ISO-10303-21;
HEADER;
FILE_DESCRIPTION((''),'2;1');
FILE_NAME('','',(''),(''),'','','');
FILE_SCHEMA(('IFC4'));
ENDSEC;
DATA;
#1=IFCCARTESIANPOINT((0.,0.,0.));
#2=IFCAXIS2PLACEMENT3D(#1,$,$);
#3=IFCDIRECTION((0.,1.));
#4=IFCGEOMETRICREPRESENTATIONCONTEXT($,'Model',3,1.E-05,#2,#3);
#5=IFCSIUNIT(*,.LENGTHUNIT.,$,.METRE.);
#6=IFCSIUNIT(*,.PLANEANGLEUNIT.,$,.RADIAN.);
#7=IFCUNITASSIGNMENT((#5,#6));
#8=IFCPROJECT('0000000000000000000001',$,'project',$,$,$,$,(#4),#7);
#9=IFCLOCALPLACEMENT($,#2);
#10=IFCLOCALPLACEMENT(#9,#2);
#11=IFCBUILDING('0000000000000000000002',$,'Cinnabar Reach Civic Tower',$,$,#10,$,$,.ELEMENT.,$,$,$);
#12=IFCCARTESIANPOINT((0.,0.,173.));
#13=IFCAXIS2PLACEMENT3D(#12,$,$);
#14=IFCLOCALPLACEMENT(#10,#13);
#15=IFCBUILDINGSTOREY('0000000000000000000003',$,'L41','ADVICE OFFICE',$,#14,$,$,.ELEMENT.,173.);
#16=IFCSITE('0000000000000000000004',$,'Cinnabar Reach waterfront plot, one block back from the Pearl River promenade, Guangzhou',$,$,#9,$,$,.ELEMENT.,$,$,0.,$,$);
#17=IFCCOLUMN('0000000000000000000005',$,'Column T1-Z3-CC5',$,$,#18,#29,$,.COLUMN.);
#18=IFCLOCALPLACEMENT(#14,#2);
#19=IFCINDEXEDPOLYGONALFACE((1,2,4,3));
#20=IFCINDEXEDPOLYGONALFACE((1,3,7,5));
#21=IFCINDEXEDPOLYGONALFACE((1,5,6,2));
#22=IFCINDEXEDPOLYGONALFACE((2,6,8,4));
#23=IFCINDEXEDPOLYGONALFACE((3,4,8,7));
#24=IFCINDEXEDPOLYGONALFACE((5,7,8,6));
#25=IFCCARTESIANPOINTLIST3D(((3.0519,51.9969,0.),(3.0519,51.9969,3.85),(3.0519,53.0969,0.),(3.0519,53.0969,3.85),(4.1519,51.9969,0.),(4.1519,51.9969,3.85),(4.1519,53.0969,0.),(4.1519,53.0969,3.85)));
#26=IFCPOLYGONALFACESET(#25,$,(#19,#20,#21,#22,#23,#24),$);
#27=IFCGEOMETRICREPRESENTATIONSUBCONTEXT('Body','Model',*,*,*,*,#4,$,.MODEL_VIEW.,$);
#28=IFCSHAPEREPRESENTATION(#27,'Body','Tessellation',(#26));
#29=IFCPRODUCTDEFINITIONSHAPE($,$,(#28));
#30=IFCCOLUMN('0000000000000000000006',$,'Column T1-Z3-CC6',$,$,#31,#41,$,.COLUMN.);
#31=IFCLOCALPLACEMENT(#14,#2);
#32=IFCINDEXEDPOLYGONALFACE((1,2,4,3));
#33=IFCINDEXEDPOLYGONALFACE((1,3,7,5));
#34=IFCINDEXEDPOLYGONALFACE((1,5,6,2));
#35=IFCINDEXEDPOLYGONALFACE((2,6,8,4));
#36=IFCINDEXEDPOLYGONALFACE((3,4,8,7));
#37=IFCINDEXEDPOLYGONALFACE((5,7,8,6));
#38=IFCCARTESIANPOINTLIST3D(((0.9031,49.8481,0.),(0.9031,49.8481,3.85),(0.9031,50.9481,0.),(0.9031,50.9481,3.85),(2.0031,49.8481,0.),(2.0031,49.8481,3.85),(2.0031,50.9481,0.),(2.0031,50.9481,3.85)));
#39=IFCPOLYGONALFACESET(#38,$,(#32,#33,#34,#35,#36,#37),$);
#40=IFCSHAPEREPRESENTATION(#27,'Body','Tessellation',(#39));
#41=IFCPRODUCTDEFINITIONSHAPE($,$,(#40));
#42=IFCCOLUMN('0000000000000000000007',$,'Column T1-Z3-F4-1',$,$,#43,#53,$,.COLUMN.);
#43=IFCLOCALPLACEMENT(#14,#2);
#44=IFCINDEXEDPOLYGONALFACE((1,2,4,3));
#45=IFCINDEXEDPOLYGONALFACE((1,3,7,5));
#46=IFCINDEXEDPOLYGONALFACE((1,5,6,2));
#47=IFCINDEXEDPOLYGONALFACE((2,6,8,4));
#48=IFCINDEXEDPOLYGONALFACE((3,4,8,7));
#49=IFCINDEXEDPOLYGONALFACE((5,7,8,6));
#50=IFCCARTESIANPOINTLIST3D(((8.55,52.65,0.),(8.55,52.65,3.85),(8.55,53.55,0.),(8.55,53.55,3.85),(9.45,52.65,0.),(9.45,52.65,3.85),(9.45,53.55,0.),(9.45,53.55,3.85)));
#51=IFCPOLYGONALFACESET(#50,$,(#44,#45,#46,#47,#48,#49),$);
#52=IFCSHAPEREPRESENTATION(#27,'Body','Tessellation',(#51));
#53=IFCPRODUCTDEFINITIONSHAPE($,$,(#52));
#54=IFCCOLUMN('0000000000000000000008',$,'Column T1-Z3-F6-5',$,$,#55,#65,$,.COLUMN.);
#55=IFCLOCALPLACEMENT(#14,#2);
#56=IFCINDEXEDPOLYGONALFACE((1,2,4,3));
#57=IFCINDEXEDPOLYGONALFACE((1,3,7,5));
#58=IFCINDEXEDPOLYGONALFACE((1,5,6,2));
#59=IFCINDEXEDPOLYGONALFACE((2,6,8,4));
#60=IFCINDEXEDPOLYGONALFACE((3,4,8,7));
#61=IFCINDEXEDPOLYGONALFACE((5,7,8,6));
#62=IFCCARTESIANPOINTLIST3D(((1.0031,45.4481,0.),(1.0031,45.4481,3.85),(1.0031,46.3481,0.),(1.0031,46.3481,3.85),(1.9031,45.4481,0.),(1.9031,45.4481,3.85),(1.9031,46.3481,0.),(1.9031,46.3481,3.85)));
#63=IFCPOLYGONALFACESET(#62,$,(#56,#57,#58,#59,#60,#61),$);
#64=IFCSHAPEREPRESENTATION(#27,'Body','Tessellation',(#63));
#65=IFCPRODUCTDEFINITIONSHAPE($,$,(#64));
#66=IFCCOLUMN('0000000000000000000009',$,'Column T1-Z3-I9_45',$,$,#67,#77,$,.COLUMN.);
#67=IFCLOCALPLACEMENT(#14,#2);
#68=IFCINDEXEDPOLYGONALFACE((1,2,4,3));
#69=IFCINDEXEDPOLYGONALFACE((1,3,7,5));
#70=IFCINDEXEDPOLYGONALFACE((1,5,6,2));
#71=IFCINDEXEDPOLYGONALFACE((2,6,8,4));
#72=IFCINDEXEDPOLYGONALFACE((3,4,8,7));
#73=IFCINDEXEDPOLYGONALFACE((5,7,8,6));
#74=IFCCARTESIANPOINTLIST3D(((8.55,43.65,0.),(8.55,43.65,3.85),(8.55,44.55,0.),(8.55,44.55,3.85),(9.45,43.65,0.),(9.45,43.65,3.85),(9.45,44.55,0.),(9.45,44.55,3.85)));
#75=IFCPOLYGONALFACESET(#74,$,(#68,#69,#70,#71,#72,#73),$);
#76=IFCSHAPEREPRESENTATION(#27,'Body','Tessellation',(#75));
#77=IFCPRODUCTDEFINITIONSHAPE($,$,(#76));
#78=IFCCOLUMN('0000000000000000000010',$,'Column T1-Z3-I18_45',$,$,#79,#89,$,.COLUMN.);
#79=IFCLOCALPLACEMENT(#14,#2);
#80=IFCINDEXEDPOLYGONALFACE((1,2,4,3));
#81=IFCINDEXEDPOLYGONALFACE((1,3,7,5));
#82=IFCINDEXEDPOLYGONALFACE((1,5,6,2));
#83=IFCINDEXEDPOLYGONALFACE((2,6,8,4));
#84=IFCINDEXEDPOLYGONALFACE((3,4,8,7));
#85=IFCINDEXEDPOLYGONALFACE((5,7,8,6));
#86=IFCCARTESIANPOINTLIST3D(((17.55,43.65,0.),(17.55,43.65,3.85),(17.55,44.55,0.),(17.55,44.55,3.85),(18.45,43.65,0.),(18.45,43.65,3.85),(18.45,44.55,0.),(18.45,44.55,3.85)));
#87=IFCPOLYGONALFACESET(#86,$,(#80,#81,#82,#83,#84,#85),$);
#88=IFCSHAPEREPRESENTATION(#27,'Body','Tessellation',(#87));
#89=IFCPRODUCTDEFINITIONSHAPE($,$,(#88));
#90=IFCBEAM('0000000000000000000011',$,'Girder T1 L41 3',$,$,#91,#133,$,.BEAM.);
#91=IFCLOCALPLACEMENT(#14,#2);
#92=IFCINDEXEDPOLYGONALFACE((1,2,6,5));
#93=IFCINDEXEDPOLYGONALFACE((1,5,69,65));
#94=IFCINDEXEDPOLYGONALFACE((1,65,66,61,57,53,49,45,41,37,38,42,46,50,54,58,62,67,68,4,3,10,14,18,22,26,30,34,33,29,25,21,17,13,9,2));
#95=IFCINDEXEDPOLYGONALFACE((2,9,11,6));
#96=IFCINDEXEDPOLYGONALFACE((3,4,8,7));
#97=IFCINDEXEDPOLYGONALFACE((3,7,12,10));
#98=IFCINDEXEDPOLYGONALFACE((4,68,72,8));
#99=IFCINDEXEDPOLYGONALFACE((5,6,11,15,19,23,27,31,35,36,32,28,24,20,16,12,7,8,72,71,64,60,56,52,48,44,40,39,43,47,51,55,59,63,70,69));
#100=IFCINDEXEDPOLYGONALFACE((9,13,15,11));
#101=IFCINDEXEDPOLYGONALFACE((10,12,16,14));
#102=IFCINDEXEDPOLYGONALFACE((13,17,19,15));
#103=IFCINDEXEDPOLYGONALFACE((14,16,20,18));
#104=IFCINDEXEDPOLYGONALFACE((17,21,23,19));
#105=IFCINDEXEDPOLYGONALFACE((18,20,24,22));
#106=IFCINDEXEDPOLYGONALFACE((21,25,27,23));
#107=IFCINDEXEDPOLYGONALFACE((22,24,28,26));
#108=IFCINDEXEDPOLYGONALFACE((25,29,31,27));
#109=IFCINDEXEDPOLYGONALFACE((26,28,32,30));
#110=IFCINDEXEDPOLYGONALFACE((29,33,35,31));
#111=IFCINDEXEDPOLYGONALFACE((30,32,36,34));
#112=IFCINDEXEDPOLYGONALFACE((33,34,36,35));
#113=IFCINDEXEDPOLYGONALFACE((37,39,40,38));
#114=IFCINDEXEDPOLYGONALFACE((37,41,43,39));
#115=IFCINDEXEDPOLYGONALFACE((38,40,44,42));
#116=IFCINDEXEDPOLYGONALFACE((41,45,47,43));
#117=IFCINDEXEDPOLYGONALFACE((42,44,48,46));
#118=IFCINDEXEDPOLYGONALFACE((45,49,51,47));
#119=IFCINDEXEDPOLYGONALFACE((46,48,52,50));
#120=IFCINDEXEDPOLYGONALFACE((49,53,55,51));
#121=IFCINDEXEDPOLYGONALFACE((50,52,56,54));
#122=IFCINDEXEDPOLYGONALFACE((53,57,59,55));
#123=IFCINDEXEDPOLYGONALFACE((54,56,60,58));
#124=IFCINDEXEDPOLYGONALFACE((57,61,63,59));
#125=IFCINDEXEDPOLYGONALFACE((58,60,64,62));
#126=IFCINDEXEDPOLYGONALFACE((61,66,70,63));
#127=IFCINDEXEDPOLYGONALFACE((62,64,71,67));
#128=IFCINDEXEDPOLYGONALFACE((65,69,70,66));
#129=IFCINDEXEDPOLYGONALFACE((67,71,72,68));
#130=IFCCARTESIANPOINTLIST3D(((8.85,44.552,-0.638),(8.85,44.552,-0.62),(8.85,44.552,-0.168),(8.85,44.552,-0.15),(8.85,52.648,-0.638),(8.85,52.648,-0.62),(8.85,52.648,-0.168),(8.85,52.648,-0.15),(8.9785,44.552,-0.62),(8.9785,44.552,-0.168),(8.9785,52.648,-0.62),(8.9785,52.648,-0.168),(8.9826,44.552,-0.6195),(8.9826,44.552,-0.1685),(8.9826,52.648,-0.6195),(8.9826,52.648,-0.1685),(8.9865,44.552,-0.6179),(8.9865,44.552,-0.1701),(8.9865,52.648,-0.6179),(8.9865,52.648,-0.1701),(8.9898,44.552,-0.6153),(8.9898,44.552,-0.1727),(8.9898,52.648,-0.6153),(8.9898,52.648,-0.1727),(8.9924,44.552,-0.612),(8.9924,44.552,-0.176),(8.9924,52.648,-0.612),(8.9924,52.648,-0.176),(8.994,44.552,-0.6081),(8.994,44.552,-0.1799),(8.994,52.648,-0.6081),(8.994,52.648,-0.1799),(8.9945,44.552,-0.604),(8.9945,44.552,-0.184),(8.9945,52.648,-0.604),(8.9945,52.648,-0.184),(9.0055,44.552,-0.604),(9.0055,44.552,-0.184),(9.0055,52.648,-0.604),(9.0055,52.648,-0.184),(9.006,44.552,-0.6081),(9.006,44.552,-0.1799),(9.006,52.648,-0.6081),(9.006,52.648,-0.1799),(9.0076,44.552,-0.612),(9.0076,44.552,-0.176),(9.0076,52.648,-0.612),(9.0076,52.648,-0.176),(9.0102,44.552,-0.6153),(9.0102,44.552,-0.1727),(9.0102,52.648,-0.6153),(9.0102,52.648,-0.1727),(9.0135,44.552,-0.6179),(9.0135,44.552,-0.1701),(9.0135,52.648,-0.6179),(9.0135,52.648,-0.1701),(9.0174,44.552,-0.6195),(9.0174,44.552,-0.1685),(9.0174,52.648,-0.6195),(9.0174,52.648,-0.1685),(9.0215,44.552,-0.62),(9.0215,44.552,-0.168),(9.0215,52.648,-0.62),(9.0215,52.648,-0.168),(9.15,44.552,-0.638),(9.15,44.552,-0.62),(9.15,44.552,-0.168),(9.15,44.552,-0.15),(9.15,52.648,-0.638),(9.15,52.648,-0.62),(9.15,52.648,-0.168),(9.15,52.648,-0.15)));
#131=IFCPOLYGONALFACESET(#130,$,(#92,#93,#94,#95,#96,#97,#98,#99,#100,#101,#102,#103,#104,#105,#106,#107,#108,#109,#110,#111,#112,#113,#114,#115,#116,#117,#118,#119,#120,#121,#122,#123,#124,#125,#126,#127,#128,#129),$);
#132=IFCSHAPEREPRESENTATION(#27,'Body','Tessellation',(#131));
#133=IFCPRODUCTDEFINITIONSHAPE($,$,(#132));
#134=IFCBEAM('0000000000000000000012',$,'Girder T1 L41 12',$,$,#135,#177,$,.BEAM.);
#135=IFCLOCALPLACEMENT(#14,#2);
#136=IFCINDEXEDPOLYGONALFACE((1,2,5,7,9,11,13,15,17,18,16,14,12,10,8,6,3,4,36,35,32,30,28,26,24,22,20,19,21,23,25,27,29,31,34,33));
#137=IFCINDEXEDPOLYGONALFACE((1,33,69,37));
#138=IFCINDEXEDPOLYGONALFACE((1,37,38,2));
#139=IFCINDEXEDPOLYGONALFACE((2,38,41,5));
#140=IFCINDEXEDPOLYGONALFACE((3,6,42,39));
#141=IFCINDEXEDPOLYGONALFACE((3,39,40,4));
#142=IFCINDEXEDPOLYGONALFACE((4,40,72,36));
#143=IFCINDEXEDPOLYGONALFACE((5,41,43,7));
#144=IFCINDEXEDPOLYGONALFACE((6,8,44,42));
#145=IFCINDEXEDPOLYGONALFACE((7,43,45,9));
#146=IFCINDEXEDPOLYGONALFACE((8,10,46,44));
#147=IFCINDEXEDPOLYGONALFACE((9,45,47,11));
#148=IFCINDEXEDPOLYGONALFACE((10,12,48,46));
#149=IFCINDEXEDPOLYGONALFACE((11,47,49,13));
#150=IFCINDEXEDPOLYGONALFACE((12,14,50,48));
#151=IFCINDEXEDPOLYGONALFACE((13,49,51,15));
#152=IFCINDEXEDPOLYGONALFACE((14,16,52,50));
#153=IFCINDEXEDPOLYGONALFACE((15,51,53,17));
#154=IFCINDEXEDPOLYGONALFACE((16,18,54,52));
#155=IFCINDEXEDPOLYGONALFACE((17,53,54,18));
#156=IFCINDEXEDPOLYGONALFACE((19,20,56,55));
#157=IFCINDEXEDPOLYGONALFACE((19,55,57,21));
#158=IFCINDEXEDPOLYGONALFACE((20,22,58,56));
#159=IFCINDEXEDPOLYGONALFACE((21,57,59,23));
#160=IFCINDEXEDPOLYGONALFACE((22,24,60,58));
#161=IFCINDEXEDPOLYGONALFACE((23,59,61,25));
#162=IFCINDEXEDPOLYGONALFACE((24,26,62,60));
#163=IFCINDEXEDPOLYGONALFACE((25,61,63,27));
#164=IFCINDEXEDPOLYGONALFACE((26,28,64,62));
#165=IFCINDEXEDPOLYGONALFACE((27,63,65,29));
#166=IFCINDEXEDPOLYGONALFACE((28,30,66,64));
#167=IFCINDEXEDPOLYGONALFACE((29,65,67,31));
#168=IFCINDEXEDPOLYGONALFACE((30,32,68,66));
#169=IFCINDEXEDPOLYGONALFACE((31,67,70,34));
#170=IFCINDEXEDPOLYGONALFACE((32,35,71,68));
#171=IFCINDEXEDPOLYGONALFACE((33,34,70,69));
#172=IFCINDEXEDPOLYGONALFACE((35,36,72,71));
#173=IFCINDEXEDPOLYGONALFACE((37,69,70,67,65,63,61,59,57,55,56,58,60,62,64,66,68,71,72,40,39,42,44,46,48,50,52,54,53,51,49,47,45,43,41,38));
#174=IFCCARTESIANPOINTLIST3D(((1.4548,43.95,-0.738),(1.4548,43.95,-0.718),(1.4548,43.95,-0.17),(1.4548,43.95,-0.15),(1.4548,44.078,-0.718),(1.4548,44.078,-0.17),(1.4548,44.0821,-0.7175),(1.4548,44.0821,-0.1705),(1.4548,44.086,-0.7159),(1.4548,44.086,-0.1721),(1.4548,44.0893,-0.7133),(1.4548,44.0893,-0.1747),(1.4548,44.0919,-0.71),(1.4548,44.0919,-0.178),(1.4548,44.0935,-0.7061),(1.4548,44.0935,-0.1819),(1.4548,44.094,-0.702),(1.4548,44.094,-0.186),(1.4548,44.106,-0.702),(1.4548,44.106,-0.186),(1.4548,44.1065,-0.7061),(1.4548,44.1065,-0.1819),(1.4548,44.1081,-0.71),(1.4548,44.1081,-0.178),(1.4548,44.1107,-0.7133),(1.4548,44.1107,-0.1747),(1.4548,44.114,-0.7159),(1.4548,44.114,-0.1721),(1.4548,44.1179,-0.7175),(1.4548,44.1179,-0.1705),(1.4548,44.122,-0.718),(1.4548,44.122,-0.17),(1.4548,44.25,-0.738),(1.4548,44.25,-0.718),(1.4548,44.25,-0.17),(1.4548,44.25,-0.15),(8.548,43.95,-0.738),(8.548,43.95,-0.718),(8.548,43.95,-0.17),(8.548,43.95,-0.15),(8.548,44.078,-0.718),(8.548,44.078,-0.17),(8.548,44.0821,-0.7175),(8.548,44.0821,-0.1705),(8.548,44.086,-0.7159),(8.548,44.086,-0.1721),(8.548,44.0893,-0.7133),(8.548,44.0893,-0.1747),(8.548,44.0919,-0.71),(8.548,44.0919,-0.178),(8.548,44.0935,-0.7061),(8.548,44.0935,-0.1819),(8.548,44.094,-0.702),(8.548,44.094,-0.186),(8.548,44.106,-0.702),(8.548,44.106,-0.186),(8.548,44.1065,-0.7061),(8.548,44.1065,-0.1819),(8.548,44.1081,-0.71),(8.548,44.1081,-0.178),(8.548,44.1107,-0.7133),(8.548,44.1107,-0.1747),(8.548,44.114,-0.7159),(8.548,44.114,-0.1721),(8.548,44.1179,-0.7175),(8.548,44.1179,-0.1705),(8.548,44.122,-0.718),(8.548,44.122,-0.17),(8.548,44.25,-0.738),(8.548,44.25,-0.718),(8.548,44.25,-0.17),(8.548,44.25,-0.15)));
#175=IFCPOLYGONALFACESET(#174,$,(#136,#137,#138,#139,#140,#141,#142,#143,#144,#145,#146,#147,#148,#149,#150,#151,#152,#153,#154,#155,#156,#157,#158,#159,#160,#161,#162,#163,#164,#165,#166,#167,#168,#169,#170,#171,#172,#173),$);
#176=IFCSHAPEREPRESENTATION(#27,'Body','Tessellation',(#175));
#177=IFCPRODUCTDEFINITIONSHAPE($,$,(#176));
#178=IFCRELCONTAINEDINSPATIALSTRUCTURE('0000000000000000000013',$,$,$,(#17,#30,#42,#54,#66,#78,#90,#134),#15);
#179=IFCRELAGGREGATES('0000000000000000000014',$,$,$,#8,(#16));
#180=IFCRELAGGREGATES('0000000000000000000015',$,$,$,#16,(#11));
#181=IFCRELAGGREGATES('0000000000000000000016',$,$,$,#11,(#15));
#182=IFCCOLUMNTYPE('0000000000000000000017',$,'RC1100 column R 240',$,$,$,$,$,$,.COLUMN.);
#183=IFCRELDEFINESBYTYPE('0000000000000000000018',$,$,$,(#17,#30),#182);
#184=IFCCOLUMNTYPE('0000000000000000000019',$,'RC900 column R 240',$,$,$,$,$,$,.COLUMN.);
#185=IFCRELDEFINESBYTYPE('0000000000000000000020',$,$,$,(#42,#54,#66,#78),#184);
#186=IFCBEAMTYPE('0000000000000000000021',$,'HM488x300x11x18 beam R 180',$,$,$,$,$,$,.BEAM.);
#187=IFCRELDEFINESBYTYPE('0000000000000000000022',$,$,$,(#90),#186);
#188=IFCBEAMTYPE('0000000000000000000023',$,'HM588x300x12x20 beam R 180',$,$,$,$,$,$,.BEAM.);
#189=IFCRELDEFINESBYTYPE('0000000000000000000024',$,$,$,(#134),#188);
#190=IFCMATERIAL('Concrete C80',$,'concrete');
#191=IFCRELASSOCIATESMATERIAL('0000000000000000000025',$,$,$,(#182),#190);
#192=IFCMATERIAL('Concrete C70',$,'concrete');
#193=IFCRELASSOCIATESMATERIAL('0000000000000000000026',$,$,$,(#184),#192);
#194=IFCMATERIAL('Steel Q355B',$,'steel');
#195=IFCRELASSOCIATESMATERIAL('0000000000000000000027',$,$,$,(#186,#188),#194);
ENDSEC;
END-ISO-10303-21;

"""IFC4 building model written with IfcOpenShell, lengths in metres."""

from ifc_helpers import new_model, si_unit, direction, frame, origin, origin_2d, place, context, subcontext, project, spatial, rectangle, i_section, extrude, material, material_profile, profile_set, type_object, element, save


model = new_model("IFC4")

# Units and contexts
model_context = context("Model", 3, precision=1e-05, world=origin(), true_north=direction((0.0, 1.0)))
body_context = subcontext(model_context, "Body", "Model", "MODEL_VIEW")
ifc_project = project(units=[si_unit("LENGTHUNIT", "METRE"), si_unit("PLANEANGLEUNIT", "RADIAN")], contexts=[model_context])

# Site, building, storey
site_placement = place(None, origin())
site = spatial("IfcSite", under=ifc_project, at=site_placement, Name="Cinnabar Reach waterfront plot, one block back from the Pearl River promenade, Guangzhou", CompositionType="ELEMENT", RefElevation=0.0)
building_placement = place(site_placement, origin())
building = spatial("IfcBuilding", under=site, at=building_placement, Name="Cinnabar Reach Civic Tower", CompositionType="ELEMENT")
storey_placement = place(building_placement, frame((0.0, 0.0, 173.0)))
storey = spatial("IfcBuildingStorey", under=building, at=storey_placement, Name="L41", Description="ADVICE OFFICE", CompositionType="ELEMENT", Elevation=173.0)

# Columns
ifc_material_1 = material(Name="Concrete C80", Category="concrete")
ifc_material_profile_1 = material_profile(ifc_material_1, rectangle(XDim=1.1, YDim=1.1, at=origin_2d()), Name="RC1100")
ifc_profile_set_1 = profile_set([ifc_material_profile_1], Name="Concrete C80")
column_type_1 = type_object("IfcColumnType", Name="RC1100 column R 240", PredefinedType="COLUMN", material=ifc_profile_set_1)
for number, where, z_axis, x_axis, name in (
    (1, (3.6019, 52.5469, 0.0), (0.0, 0.0, 1.0), (1.0, 0.0, 0.0), "Column T1-Z3-CC5"),
    (2, (1.4531, 50.3981, 0.0), (0.0, 0.0, 1.0), (1.0, 0.0, 0.0), "Column T1-Z3-CC6"),
):
    element("IfcColumn", number, at=place(storey_placement, frame(where, z_axis=z_axis, x_axis=x_axis)), inside=storey, type_object=column_type_1, Name=name, PredefinedType="COLUMN", context=body_context, shape_type="SweptSolid", body=[
        extrude(rectangle(XDim=1.1, YDim=1.1, at=origin_2d()), origin(), (0.0, 0.0, 1.0), 3.85),
    ])
ifc_material_2 = material(Name="Concrete C70", Category="concrete")
ifc_material_profile_2 = material_profile(ifc_material_2, rectangle(XDim=0.9, YDim=0.9, at=origin_2d()), Name="RC900")
ifc_profile_set_2 = profile_set([ifc_material_profile_2], Name="Concrete C70")
column_type_2 = type_object("IfcColumnType", Name="RC900 column R 240", PredefinedType="COLUMN", material=ifc_profile_set_2)
for number, where, z_axis, x_axis, name in (
    (3, (9.0, 53.1, 0.0), (0.0, 0.0, 1.0), (1.0, 0.0, 0.0), "Column T1-Z3-F4-1"),
    (4, (1.4531, 45.8981, 0.0), (0.0, 0.0, 1.0), (1.0, 0.0, 0.0), "Column T1-Z3-F6-5"),
    (5, (9.0, 44.1, 0.0), (0.0, 0.0, 1.0), (1.0, 0.0, 0.0), "Column T1-Z3-I9_45"),
    (6, (18.0, 44.1, 0.0), (0.0, 0.0, 1.0), (1.0, 0.0, 0.0), "Column T1-Z3-I18_45"),
):
    element("IfcColumn", number, at=place(storey_placement, frame(where, z_axis=z_axis, x_axis=x_axis)), inside=storey, type_object=column_type_2, Name=name, PredefinedType="COLUMN", context=body_context, shape_type="SweptSolid", body=[
        extrude(rectangle(XDim=0.9, YDim=0.9, at=origin_2d()), origin(), (0.0, 0.0, 1.0), 3.85),
    ])

# Beams
ifc_material_3 = material(Name="Steel Q355B", Category="steel")
ifc_material_profile_3 = material_profile(ifc_material_3, i_section(OverallWidth=0.3, OverallDepth=0.488, WebThickness=0.011, FlangeThickness=0.018, FilletRadius=0.016, at=origin_2d()), Name="HM488x300x11x18")
ifc_profile_set_3 = profile_set([ifc_material_profile_3], Name="Steel Q355B")
beam_type_1 = type_object("IfcBeamType", Name="HM488x300x11x18 beam R 180", PredefinedType="BEAM", material=ifc_profile_set_3)
beam_1_placement = place(storey_placement, frame((9.0, 44.552, -0.394), z_axis=(0.0, 1.0, 0.0), x_axis=(-1.0, 0.0, 0.0)))
element("IfcBeam", 7, at=beam_1_placement, inside=storey, type_object=beam_type_1, Name="Girder T1 L41 3", PredefinedType="BEAM", context=body_context, shape_type="SweptSolid", body=[
    extrude(i_section(OverallWidth=0.3, OverallDepth=0.488, WebThickness=0.011, FlangeThickness=0.018, FilletRadius=0.016, at=origin_2d()), origin(), (0.0, 0.0, 1.0), 8.096),
])
ifc_material_profile_4 = material_profile(ifc_material_3, i_section(OverallWidth=0.3, OverallDepth=0.588, WebThickness=0.012, FlangeThickness=0.02, FilletRadius=0.016, at=origin_2d()), Name="HM588x300x12x20")
ifc_profile_set_4 = profile_set([ifc_material_profile_4], Name="Steel Q355B")
beam_type_2 = type_object("IfcBeamType", Name="HM588x300x12x20 beam R 180", PredefinedType="BEAM", material=ifc_profile_set_4)
beam_2_placement = place(storey_placement, frame((1.4548, 44.1, -0.444), z_axis=(1.0, 0.0, 0.0), x_axis=(0.0, 1.0, 0.0)))
element("IfcBeam", 8, at=beam_2_placement, inside=storey, type_object=beam_type_2, Name="Girder T1 L41 12", PredefinedType="BEAM", context=body_context, shape_type="SweptSolid", body=[
    extrude(i_section(OverallWidth=0.3, OverallDepth=0.588, WebThickness=0.012, FlangeThickness=0.02, FilletRadius=0.016, at=origin_2d()), origin(), (0.0, 0.0, 1.0), 7.0932),
])

save(model, "model.ifc")
